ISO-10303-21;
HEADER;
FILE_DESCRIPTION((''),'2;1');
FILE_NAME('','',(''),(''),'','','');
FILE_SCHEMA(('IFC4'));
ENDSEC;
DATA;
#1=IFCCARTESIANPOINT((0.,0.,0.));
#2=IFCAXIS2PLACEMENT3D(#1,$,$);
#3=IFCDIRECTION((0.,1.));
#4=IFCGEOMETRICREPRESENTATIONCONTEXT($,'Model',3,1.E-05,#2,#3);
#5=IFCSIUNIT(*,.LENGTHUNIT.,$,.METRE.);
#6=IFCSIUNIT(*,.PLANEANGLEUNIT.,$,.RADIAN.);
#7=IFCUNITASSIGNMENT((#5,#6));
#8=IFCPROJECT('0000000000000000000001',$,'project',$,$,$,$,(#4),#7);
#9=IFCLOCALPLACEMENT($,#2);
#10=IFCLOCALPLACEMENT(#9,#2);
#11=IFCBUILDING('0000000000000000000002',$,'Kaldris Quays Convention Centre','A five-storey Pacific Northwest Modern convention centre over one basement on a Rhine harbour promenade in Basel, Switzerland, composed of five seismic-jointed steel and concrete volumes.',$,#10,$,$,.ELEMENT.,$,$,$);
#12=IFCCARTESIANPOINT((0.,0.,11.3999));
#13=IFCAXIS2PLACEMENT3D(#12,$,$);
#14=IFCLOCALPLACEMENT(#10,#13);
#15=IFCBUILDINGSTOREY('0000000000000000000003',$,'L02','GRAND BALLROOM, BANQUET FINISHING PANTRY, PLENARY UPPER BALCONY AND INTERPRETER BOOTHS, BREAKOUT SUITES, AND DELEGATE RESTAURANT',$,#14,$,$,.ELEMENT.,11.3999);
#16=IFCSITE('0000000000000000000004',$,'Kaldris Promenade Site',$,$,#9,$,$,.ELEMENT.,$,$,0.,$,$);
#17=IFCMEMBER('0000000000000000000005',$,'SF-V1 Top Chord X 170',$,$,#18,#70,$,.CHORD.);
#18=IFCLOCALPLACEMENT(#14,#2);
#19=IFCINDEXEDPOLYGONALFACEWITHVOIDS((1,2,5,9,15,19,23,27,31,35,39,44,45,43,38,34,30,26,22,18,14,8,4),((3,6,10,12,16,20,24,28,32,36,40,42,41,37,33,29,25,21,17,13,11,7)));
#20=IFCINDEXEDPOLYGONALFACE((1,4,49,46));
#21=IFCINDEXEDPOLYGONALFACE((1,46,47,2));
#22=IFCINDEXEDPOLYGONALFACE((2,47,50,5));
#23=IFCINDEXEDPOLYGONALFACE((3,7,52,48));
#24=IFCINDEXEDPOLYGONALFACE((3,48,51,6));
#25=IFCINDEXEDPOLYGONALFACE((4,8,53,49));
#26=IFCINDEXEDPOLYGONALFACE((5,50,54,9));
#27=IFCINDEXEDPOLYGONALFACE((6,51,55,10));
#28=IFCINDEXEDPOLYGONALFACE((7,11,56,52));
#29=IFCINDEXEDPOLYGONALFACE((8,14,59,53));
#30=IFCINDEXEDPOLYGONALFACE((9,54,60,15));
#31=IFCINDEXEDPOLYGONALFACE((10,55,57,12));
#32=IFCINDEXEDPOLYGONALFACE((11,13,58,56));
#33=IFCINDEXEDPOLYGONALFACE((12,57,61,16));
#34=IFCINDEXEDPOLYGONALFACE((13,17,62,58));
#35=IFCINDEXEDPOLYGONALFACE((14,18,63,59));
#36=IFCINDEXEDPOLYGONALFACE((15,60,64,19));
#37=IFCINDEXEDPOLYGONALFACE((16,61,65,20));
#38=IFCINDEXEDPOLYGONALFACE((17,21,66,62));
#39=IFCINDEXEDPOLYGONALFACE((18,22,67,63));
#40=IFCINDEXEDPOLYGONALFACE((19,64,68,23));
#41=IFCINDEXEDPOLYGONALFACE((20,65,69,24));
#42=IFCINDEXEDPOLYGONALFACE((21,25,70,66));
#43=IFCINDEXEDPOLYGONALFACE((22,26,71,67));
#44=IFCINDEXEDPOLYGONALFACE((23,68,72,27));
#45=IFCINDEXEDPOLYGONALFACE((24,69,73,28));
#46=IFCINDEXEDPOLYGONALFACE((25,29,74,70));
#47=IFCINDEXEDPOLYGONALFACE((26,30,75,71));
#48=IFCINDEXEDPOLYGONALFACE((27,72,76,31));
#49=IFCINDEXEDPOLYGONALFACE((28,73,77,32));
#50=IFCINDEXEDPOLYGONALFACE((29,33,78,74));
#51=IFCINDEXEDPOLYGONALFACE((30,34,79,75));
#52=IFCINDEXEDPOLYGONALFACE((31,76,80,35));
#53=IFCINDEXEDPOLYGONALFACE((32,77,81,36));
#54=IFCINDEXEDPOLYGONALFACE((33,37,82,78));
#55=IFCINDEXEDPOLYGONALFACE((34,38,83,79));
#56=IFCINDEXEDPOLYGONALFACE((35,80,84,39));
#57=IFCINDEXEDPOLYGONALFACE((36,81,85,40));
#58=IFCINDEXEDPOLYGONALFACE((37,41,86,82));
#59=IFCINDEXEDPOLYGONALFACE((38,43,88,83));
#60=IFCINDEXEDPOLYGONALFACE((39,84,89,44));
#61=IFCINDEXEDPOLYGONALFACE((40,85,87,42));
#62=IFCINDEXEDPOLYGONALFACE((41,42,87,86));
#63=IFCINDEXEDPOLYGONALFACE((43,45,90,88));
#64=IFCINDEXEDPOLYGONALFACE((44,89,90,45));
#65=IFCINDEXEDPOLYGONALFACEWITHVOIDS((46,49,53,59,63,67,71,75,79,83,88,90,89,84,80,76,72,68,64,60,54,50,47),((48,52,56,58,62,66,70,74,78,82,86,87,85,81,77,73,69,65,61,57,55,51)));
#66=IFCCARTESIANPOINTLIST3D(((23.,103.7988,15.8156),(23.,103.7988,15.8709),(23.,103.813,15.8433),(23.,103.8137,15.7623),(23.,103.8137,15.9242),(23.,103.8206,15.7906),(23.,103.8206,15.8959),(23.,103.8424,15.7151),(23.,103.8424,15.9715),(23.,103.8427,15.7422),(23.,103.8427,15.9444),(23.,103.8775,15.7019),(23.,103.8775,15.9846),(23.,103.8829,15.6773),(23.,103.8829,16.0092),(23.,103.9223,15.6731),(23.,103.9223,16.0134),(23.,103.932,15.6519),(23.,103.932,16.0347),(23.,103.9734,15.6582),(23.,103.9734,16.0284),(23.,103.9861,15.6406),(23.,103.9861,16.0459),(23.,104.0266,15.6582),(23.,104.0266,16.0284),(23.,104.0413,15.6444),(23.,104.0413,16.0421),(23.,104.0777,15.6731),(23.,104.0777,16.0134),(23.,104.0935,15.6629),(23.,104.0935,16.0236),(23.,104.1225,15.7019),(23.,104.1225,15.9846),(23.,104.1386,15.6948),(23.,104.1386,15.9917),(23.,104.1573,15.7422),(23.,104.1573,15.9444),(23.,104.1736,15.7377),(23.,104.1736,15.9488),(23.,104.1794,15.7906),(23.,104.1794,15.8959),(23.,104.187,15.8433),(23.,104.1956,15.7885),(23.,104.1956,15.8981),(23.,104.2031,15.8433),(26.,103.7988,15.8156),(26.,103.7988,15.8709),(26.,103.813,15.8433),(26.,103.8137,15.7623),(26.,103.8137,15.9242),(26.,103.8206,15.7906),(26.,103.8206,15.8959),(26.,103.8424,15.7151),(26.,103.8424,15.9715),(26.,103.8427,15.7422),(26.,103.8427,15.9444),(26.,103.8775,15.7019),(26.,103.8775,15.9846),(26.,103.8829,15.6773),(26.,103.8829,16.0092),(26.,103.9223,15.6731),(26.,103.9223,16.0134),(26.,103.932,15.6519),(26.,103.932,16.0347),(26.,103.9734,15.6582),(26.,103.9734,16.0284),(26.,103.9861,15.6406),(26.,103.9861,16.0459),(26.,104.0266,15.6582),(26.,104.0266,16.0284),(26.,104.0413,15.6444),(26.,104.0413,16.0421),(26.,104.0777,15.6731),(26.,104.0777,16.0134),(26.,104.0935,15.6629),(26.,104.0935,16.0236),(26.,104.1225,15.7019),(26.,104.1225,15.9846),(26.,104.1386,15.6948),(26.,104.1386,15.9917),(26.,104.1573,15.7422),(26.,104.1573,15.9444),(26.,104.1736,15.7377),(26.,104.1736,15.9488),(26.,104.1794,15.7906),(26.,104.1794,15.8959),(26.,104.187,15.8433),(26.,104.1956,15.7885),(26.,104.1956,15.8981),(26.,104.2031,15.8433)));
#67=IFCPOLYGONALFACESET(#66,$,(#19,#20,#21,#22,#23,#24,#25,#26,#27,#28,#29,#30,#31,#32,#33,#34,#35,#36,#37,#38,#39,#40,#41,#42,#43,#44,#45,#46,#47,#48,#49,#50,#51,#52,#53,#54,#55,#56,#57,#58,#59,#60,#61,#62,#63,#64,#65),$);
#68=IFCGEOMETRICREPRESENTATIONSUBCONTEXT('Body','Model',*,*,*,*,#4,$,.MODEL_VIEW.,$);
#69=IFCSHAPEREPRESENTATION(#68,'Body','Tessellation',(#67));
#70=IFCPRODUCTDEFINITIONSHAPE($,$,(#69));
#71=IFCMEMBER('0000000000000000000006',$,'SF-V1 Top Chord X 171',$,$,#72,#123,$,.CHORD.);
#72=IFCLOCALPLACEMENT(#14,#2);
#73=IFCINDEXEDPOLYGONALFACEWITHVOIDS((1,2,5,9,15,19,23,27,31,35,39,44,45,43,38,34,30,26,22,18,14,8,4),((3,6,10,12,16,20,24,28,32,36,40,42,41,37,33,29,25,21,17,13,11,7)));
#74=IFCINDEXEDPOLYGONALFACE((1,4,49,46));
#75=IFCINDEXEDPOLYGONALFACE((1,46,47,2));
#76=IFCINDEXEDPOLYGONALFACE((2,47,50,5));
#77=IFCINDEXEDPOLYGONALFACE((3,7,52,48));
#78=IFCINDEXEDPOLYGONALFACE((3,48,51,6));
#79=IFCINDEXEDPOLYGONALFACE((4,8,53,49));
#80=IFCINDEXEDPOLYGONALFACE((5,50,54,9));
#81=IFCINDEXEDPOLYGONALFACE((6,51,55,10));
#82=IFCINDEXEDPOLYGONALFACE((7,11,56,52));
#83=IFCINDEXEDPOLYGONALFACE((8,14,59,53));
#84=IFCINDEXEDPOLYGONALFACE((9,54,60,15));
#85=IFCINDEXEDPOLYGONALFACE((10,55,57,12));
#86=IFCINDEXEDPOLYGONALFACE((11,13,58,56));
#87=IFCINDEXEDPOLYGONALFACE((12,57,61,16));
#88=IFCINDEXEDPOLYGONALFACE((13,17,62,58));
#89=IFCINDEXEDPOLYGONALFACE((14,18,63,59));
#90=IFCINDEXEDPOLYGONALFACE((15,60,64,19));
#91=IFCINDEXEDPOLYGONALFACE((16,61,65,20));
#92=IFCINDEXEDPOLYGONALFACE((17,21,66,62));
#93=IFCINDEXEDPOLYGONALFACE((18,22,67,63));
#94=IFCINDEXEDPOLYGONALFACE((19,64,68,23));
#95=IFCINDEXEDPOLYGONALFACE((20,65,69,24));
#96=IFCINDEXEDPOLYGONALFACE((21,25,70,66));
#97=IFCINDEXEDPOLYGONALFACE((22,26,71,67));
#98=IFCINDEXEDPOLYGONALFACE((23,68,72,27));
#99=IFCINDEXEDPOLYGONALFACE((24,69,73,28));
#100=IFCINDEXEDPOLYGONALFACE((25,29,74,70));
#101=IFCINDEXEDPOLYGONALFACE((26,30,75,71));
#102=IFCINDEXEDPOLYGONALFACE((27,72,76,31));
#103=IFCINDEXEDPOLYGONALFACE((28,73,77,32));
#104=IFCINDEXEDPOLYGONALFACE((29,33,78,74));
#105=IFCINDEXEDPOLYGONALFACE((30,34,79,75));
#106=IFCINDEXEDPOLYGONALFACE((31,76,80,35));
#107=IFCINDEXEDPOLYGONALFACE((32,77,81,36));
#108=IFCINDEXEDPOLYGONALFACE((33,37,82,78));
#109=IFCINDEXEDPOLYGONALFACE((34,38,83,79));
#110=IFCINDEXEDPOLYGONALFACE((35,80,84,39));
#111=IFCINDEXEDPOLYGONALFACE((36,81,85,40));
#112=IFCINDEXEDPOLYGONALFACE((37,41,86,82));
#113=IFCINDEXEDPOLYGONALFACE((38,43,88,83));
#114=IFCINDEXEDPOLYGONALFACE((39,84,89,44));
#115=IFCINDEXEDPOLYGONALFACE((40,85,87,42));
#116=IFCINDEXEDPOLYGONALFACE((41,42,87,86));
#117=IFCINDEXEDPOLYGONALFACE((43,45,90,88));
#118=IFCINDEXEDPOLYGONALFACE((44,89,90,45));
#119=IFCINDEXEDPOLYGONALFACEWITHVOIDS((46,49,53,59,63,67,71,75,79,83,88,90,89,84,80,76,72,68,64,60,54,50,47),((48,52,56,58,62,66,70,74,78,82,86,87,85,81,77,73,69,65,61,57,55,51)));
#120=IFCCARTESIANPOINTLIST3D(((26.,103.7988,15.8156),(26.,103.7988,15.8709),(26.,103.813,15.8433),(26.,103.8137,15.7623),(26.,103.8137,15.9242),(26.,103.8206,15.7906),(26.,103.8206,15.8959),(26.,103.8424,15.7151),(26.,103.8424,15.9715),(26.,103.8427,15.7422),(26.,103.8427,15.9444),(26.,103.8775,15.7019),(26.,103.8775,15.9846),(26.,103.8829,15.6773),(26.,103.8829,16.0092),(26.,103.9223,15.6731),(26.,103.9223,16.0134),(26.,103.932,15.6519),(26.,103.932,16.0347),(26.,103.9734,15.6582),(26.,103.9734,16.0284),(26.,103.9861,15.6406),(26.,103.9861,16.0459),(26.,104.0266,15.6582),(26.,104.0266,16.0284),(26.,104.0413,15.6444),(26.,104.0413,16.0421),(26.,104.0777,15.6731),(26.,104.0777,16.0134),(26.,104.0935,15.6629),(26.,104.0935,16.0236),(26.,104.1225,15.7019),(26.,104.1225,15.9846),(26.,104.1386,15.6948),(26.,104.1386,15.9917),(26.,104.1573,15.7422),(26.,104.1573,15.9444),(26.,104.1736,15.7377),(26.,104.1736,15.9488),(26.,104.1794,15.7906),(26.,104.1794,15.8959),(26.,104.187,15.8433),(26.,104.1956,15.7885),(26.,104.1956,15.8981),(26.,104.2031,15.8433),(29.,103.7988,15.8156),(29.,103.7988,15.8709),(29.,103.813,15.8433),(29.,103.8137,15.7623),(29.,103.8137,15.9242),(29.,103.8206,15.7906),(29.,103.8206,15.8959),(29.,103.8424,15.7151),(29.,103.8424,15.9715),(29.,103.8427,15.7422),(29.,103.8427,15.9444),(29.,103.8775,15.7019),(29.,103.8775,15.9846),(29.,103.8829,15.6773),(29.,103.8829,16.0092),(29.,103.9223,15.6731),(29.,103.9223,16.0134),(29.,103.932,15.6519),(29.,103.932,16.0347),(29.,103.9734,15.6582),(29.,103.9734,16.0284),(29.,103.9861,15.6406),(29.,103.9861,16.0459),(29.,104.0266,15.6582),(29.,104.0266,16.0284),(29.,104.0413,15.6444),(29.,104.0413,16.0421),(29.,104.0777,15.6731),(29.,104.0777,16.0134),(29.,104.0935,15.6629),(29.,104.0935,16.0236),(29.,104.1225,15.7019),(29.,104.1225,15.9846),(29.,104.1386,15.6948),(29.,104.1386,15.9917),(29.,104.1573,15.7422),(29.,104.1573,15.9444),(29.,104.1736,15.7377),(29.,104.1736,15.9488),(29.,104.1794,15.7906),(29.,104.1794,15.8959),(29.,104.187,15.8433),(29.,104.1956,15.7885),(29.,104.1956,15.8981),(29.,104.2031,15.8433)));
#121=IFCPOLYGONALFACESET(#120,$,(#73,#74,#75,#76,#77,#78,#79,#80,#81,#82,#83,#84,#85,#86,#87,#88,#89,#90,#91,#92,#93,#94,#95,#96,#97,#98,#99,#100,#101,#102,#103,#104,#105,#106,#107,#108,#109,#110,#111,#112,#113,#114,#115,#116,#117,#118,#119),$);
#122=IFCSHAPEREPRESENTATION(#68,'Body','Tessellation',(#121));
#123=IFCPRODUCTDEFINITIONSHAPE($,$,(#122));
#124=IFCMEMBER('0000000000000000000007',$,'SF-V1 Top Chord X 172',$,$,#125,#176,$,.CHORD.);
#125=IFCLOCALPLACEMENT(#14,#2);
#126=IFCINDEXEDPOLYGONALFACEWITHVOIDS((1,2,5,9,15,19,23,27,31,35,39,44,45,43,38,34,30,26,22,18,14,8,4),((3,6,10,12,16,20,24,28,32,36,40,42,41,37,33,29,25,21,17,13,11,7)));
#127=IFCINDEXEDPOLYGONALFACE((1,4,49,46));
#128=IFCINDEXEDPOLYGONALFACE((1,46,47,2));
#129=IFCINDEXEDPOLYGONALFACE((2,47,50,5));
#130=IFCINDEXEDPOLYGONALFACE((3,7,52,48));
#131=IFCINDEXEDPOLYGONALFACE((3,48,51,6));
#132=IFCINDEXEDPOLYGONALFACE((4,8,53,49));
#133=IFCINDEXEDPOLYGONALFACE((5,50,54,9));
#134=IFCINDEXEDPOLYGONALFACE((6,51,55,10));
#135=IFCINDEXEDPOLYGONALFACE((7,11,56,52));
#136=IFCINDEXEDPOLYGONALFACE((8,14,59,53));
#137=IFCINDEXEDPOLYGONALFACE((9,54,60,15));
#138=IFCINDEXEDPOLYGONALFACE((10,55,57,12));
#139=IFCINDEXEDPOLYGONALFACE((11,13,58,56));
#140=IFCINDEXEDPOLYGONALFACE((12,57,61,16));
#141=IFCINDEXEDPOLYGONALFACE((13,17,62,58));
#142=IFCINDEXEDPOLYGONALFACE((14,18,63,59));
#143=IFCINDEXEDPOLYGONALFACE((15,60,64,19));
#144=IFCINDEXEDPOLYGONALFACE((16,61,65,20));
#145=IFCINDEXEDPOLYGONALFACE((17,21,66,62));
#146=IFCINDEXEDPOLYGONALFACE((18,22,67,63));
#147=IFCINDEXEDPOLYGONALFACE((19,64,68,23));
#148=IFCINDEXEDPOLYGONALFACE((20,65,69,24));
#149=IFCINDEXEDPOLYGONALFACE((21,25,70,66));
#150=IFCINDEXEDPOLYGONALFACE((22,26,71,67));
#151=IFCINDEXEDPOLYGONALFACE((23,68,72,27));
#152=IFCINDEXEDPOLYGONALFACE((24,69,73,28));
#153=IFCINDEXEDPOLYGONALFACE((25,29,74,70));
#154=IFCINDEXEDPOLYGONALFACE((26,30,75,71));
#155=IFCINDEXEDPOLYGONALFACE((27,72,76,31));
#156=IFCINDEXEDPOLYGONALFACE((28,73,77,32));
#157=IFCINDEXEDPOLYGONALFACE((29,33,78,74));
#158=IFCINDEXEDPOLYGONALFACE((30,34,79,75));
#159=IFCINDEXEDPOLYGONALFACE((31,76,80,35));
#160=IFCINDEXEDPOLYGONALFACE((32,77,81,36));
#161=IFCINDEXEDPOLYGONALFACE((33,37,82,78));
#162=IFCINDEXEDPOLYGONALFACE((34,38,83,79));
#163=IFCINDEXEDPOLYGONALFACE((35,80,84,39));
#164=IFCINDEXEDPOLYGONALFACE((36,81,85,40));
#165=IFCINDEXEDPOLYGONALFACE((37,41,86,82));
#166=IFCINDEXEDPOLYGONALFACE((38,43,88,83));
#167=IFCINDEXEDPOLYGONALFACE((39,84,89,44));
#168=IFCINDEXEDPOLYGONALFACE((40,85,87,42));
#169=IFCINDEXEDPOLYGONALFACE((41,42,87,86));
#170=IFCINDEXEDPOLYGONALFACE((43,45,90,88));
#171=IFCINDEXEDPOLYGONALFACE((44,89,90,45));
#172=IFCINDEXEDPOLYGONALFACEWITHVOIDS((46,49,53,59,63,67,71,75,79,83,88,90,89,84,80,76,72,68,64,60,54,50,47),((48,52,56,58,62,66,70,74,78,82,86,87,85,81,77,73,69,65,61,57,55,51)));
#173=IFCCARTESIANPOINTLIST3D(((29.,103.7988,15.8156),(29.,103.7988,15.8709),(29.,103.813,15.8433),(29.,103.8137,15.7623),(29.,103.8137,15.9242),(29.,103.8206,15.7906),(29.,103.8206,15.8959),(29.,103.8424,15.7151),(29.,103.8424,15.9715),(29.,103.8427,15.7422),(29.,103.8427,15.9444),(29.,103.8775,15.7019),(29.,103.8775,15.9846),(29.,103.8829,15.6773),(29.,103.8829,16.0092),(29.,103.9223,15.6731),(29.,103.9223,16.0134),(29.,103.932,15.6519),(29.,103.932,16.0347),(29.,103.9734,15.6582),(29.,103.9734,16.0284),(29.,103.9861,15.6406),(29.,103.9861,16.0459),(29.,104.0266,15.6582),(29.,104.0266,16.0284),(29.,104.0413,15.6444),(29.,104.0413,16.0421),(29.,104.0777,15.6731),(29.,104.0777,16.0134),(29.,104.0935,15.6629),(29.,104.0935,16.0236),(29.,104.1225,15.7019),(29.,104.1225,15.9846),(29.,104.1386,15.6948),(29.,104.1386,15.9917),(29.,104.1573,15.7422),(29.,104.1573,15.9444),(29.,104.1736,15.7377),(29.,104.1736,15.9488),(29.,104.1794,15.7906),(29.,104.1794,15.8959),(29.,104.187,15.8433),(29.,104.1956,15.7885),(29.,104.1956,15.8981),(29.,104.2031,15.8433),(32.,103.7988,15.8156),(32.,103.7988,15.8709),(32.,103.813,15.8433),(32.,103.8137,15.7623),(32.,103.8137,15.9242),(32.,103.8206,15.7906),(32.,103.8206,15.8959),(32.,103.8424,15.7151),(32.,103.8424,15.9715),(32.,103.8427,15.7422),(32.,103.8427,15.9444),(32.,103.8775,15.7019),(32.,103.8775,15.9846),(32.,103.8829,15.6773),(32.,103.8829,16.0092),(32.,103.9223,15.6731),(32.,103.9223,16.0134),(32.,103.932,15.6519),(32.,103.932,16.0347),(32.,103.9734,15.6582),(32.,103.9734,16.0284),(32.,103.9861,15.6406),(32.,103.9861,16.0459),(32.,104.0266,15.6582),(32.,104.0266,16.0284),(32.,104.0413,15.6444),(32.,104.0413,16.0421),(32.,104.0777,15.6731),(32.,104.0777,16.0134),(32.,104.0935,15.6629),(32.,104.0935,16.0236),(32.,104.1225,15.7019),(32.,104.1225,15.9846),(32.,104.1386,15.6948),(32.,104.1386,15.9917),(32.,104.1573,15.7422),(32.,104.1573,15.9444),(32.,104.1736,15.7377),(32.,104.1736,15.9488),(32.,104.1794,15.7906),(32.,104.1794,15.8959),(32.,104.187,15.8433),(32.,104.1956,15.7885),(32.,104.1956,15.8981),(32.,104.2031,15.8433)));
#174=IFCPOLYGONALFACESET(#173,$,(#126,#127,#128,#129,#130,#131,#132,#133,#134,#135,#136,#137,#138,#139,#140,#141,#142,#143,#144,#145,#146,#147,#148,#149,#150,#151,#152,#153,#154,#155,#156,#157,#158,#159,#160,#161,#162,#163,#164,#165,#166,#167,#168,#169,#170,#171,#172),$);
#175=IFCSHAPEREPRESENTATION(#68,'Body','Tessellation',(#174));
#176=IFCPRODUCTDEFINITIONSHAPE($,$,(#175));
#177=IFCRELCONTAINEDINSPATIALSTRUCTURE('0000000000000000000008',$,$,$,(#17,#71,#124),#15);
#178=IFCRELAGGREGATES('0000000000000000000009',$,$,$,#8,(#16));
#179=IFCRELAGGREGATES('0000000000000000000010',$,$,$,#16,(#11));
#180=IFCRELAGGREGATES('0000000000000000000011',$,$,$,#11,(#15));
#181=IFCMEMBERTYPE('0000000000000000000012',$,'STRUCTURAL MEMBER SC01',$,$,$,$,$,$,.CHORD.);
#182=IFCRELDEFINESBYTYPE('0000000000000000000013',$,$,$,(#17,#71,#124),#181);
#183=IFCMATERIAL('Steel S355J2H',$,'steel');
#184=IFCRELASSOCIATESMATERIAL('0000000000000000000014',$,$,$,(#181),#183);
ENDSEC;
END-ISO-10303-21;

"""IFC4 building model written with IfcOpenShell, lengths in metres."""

from ifc_helpers import new_model, si_unit, direction, frame, origin, origin_2d, place, context, subcontext, project, spatial, hollow_circle, extrude, material, material_profile, profile_set, type_object, element, save


model = new_model("IFC4")

# Units and contexts
model_context = context("Model", 3, precision=1e-05, world=origin(), true_north=direction((0.0, 1.0)))
body_context = subcontext(model_context, "Body", "Model", "MODEL_VIEW")
ifc_project = project(units=[si_unit("LENGTHUNIT", "METRE"), si_unit("PLANEANGLEUNIT", "RADIAN")], contexts=[model_context])

# Site, building, storey
site_placement = place(None, origin())
site = spatial("IfcSite", under=ifc_project, at=site_placement, Name="Kaldris Promenade Site", CompositionType="ELEMENT", RefElevation=0.0)
building_placement = place(site_placement, origin())
building = spatial("IfcBuilding", under=site, at=building_placement, Name="Kaldris Quays Convention Centre", Description="A five-storey Pacific Northwest Modern convention centre over one basement on a Rhine harbour promenade in Basel, Switzerland, composed of five seismic-jointed steel and concrete volumes.", CompositionType="ELEMENT")
storey_placement = place(building_placement, frame((0.0, 0.0, 11.3999)))
storey = spatial("IfcBuildingStorey", under=building, at=storey_placement, Name="L02", Description="GRAND BALLROOM, BANQUET FINISHING PANTRY, PLENARY UPPER BALCONY AND INTERPRETER BOOTHS, BREAKOUT SUITES, AND DELEGATE RESTAURANT", CompositionType="ELEMENT", Elevation=11.3999)

# Members
ifc_material_1 = material(Name="Steel S355J2H", Category="steel")
ifc_material_profile_1 = material_profile(ifc_material_1, hollow_circle(Radius=0.2031, WallThickness=0.0161, at=origin_2d()), Name="CHS 406.4x16")
ifc_profile_set_1 = profile_set([ifc_material_profile_1], Name="Steel S355J2H")
member_type_1 = type_object("IfcMemberType", Name="STRUCTURAL MEMBER SC01", PredefinedType="CHORD", material=ifc_profile_set_1)
for number, where, z_axis, x_axis, name in (
    (1, (23.0, 104.0, 15.8433), (1.0, 0.0, 0.0), (0.0, 1.0, 0.0), "SF-V1 Top Chord X 170"),
    (2, (26.0, 104.0, 15.8433), (1.0, 0.0, 0.0), (0.0, 1.0, 0.0), "SF-V1 Top Chord X 171"),
    (3, (29.0, 104.0, 15.8433), (1.0, 0.0, 0.0), (0.0, 1.0, 0.0), "SF-V1 Top Chord X 172"),
):
    element("IfcMember", number, at=place(storey_placement, frame(where, z_axis=z_axis, x_axis=x_axis)), inside=storey, type_object=member_type_1, Name=name, PredefinedType="CHORD", context=body_context, shape_type="SweptSolid", body=[
        extrude(hollow_circle(Radius=0.2031, WallThickness=0.0161, at=origin_2d()), origin(), (0.0, 0.0, 1.0), 3.0),
    ])

save(model, "model.ifc")
